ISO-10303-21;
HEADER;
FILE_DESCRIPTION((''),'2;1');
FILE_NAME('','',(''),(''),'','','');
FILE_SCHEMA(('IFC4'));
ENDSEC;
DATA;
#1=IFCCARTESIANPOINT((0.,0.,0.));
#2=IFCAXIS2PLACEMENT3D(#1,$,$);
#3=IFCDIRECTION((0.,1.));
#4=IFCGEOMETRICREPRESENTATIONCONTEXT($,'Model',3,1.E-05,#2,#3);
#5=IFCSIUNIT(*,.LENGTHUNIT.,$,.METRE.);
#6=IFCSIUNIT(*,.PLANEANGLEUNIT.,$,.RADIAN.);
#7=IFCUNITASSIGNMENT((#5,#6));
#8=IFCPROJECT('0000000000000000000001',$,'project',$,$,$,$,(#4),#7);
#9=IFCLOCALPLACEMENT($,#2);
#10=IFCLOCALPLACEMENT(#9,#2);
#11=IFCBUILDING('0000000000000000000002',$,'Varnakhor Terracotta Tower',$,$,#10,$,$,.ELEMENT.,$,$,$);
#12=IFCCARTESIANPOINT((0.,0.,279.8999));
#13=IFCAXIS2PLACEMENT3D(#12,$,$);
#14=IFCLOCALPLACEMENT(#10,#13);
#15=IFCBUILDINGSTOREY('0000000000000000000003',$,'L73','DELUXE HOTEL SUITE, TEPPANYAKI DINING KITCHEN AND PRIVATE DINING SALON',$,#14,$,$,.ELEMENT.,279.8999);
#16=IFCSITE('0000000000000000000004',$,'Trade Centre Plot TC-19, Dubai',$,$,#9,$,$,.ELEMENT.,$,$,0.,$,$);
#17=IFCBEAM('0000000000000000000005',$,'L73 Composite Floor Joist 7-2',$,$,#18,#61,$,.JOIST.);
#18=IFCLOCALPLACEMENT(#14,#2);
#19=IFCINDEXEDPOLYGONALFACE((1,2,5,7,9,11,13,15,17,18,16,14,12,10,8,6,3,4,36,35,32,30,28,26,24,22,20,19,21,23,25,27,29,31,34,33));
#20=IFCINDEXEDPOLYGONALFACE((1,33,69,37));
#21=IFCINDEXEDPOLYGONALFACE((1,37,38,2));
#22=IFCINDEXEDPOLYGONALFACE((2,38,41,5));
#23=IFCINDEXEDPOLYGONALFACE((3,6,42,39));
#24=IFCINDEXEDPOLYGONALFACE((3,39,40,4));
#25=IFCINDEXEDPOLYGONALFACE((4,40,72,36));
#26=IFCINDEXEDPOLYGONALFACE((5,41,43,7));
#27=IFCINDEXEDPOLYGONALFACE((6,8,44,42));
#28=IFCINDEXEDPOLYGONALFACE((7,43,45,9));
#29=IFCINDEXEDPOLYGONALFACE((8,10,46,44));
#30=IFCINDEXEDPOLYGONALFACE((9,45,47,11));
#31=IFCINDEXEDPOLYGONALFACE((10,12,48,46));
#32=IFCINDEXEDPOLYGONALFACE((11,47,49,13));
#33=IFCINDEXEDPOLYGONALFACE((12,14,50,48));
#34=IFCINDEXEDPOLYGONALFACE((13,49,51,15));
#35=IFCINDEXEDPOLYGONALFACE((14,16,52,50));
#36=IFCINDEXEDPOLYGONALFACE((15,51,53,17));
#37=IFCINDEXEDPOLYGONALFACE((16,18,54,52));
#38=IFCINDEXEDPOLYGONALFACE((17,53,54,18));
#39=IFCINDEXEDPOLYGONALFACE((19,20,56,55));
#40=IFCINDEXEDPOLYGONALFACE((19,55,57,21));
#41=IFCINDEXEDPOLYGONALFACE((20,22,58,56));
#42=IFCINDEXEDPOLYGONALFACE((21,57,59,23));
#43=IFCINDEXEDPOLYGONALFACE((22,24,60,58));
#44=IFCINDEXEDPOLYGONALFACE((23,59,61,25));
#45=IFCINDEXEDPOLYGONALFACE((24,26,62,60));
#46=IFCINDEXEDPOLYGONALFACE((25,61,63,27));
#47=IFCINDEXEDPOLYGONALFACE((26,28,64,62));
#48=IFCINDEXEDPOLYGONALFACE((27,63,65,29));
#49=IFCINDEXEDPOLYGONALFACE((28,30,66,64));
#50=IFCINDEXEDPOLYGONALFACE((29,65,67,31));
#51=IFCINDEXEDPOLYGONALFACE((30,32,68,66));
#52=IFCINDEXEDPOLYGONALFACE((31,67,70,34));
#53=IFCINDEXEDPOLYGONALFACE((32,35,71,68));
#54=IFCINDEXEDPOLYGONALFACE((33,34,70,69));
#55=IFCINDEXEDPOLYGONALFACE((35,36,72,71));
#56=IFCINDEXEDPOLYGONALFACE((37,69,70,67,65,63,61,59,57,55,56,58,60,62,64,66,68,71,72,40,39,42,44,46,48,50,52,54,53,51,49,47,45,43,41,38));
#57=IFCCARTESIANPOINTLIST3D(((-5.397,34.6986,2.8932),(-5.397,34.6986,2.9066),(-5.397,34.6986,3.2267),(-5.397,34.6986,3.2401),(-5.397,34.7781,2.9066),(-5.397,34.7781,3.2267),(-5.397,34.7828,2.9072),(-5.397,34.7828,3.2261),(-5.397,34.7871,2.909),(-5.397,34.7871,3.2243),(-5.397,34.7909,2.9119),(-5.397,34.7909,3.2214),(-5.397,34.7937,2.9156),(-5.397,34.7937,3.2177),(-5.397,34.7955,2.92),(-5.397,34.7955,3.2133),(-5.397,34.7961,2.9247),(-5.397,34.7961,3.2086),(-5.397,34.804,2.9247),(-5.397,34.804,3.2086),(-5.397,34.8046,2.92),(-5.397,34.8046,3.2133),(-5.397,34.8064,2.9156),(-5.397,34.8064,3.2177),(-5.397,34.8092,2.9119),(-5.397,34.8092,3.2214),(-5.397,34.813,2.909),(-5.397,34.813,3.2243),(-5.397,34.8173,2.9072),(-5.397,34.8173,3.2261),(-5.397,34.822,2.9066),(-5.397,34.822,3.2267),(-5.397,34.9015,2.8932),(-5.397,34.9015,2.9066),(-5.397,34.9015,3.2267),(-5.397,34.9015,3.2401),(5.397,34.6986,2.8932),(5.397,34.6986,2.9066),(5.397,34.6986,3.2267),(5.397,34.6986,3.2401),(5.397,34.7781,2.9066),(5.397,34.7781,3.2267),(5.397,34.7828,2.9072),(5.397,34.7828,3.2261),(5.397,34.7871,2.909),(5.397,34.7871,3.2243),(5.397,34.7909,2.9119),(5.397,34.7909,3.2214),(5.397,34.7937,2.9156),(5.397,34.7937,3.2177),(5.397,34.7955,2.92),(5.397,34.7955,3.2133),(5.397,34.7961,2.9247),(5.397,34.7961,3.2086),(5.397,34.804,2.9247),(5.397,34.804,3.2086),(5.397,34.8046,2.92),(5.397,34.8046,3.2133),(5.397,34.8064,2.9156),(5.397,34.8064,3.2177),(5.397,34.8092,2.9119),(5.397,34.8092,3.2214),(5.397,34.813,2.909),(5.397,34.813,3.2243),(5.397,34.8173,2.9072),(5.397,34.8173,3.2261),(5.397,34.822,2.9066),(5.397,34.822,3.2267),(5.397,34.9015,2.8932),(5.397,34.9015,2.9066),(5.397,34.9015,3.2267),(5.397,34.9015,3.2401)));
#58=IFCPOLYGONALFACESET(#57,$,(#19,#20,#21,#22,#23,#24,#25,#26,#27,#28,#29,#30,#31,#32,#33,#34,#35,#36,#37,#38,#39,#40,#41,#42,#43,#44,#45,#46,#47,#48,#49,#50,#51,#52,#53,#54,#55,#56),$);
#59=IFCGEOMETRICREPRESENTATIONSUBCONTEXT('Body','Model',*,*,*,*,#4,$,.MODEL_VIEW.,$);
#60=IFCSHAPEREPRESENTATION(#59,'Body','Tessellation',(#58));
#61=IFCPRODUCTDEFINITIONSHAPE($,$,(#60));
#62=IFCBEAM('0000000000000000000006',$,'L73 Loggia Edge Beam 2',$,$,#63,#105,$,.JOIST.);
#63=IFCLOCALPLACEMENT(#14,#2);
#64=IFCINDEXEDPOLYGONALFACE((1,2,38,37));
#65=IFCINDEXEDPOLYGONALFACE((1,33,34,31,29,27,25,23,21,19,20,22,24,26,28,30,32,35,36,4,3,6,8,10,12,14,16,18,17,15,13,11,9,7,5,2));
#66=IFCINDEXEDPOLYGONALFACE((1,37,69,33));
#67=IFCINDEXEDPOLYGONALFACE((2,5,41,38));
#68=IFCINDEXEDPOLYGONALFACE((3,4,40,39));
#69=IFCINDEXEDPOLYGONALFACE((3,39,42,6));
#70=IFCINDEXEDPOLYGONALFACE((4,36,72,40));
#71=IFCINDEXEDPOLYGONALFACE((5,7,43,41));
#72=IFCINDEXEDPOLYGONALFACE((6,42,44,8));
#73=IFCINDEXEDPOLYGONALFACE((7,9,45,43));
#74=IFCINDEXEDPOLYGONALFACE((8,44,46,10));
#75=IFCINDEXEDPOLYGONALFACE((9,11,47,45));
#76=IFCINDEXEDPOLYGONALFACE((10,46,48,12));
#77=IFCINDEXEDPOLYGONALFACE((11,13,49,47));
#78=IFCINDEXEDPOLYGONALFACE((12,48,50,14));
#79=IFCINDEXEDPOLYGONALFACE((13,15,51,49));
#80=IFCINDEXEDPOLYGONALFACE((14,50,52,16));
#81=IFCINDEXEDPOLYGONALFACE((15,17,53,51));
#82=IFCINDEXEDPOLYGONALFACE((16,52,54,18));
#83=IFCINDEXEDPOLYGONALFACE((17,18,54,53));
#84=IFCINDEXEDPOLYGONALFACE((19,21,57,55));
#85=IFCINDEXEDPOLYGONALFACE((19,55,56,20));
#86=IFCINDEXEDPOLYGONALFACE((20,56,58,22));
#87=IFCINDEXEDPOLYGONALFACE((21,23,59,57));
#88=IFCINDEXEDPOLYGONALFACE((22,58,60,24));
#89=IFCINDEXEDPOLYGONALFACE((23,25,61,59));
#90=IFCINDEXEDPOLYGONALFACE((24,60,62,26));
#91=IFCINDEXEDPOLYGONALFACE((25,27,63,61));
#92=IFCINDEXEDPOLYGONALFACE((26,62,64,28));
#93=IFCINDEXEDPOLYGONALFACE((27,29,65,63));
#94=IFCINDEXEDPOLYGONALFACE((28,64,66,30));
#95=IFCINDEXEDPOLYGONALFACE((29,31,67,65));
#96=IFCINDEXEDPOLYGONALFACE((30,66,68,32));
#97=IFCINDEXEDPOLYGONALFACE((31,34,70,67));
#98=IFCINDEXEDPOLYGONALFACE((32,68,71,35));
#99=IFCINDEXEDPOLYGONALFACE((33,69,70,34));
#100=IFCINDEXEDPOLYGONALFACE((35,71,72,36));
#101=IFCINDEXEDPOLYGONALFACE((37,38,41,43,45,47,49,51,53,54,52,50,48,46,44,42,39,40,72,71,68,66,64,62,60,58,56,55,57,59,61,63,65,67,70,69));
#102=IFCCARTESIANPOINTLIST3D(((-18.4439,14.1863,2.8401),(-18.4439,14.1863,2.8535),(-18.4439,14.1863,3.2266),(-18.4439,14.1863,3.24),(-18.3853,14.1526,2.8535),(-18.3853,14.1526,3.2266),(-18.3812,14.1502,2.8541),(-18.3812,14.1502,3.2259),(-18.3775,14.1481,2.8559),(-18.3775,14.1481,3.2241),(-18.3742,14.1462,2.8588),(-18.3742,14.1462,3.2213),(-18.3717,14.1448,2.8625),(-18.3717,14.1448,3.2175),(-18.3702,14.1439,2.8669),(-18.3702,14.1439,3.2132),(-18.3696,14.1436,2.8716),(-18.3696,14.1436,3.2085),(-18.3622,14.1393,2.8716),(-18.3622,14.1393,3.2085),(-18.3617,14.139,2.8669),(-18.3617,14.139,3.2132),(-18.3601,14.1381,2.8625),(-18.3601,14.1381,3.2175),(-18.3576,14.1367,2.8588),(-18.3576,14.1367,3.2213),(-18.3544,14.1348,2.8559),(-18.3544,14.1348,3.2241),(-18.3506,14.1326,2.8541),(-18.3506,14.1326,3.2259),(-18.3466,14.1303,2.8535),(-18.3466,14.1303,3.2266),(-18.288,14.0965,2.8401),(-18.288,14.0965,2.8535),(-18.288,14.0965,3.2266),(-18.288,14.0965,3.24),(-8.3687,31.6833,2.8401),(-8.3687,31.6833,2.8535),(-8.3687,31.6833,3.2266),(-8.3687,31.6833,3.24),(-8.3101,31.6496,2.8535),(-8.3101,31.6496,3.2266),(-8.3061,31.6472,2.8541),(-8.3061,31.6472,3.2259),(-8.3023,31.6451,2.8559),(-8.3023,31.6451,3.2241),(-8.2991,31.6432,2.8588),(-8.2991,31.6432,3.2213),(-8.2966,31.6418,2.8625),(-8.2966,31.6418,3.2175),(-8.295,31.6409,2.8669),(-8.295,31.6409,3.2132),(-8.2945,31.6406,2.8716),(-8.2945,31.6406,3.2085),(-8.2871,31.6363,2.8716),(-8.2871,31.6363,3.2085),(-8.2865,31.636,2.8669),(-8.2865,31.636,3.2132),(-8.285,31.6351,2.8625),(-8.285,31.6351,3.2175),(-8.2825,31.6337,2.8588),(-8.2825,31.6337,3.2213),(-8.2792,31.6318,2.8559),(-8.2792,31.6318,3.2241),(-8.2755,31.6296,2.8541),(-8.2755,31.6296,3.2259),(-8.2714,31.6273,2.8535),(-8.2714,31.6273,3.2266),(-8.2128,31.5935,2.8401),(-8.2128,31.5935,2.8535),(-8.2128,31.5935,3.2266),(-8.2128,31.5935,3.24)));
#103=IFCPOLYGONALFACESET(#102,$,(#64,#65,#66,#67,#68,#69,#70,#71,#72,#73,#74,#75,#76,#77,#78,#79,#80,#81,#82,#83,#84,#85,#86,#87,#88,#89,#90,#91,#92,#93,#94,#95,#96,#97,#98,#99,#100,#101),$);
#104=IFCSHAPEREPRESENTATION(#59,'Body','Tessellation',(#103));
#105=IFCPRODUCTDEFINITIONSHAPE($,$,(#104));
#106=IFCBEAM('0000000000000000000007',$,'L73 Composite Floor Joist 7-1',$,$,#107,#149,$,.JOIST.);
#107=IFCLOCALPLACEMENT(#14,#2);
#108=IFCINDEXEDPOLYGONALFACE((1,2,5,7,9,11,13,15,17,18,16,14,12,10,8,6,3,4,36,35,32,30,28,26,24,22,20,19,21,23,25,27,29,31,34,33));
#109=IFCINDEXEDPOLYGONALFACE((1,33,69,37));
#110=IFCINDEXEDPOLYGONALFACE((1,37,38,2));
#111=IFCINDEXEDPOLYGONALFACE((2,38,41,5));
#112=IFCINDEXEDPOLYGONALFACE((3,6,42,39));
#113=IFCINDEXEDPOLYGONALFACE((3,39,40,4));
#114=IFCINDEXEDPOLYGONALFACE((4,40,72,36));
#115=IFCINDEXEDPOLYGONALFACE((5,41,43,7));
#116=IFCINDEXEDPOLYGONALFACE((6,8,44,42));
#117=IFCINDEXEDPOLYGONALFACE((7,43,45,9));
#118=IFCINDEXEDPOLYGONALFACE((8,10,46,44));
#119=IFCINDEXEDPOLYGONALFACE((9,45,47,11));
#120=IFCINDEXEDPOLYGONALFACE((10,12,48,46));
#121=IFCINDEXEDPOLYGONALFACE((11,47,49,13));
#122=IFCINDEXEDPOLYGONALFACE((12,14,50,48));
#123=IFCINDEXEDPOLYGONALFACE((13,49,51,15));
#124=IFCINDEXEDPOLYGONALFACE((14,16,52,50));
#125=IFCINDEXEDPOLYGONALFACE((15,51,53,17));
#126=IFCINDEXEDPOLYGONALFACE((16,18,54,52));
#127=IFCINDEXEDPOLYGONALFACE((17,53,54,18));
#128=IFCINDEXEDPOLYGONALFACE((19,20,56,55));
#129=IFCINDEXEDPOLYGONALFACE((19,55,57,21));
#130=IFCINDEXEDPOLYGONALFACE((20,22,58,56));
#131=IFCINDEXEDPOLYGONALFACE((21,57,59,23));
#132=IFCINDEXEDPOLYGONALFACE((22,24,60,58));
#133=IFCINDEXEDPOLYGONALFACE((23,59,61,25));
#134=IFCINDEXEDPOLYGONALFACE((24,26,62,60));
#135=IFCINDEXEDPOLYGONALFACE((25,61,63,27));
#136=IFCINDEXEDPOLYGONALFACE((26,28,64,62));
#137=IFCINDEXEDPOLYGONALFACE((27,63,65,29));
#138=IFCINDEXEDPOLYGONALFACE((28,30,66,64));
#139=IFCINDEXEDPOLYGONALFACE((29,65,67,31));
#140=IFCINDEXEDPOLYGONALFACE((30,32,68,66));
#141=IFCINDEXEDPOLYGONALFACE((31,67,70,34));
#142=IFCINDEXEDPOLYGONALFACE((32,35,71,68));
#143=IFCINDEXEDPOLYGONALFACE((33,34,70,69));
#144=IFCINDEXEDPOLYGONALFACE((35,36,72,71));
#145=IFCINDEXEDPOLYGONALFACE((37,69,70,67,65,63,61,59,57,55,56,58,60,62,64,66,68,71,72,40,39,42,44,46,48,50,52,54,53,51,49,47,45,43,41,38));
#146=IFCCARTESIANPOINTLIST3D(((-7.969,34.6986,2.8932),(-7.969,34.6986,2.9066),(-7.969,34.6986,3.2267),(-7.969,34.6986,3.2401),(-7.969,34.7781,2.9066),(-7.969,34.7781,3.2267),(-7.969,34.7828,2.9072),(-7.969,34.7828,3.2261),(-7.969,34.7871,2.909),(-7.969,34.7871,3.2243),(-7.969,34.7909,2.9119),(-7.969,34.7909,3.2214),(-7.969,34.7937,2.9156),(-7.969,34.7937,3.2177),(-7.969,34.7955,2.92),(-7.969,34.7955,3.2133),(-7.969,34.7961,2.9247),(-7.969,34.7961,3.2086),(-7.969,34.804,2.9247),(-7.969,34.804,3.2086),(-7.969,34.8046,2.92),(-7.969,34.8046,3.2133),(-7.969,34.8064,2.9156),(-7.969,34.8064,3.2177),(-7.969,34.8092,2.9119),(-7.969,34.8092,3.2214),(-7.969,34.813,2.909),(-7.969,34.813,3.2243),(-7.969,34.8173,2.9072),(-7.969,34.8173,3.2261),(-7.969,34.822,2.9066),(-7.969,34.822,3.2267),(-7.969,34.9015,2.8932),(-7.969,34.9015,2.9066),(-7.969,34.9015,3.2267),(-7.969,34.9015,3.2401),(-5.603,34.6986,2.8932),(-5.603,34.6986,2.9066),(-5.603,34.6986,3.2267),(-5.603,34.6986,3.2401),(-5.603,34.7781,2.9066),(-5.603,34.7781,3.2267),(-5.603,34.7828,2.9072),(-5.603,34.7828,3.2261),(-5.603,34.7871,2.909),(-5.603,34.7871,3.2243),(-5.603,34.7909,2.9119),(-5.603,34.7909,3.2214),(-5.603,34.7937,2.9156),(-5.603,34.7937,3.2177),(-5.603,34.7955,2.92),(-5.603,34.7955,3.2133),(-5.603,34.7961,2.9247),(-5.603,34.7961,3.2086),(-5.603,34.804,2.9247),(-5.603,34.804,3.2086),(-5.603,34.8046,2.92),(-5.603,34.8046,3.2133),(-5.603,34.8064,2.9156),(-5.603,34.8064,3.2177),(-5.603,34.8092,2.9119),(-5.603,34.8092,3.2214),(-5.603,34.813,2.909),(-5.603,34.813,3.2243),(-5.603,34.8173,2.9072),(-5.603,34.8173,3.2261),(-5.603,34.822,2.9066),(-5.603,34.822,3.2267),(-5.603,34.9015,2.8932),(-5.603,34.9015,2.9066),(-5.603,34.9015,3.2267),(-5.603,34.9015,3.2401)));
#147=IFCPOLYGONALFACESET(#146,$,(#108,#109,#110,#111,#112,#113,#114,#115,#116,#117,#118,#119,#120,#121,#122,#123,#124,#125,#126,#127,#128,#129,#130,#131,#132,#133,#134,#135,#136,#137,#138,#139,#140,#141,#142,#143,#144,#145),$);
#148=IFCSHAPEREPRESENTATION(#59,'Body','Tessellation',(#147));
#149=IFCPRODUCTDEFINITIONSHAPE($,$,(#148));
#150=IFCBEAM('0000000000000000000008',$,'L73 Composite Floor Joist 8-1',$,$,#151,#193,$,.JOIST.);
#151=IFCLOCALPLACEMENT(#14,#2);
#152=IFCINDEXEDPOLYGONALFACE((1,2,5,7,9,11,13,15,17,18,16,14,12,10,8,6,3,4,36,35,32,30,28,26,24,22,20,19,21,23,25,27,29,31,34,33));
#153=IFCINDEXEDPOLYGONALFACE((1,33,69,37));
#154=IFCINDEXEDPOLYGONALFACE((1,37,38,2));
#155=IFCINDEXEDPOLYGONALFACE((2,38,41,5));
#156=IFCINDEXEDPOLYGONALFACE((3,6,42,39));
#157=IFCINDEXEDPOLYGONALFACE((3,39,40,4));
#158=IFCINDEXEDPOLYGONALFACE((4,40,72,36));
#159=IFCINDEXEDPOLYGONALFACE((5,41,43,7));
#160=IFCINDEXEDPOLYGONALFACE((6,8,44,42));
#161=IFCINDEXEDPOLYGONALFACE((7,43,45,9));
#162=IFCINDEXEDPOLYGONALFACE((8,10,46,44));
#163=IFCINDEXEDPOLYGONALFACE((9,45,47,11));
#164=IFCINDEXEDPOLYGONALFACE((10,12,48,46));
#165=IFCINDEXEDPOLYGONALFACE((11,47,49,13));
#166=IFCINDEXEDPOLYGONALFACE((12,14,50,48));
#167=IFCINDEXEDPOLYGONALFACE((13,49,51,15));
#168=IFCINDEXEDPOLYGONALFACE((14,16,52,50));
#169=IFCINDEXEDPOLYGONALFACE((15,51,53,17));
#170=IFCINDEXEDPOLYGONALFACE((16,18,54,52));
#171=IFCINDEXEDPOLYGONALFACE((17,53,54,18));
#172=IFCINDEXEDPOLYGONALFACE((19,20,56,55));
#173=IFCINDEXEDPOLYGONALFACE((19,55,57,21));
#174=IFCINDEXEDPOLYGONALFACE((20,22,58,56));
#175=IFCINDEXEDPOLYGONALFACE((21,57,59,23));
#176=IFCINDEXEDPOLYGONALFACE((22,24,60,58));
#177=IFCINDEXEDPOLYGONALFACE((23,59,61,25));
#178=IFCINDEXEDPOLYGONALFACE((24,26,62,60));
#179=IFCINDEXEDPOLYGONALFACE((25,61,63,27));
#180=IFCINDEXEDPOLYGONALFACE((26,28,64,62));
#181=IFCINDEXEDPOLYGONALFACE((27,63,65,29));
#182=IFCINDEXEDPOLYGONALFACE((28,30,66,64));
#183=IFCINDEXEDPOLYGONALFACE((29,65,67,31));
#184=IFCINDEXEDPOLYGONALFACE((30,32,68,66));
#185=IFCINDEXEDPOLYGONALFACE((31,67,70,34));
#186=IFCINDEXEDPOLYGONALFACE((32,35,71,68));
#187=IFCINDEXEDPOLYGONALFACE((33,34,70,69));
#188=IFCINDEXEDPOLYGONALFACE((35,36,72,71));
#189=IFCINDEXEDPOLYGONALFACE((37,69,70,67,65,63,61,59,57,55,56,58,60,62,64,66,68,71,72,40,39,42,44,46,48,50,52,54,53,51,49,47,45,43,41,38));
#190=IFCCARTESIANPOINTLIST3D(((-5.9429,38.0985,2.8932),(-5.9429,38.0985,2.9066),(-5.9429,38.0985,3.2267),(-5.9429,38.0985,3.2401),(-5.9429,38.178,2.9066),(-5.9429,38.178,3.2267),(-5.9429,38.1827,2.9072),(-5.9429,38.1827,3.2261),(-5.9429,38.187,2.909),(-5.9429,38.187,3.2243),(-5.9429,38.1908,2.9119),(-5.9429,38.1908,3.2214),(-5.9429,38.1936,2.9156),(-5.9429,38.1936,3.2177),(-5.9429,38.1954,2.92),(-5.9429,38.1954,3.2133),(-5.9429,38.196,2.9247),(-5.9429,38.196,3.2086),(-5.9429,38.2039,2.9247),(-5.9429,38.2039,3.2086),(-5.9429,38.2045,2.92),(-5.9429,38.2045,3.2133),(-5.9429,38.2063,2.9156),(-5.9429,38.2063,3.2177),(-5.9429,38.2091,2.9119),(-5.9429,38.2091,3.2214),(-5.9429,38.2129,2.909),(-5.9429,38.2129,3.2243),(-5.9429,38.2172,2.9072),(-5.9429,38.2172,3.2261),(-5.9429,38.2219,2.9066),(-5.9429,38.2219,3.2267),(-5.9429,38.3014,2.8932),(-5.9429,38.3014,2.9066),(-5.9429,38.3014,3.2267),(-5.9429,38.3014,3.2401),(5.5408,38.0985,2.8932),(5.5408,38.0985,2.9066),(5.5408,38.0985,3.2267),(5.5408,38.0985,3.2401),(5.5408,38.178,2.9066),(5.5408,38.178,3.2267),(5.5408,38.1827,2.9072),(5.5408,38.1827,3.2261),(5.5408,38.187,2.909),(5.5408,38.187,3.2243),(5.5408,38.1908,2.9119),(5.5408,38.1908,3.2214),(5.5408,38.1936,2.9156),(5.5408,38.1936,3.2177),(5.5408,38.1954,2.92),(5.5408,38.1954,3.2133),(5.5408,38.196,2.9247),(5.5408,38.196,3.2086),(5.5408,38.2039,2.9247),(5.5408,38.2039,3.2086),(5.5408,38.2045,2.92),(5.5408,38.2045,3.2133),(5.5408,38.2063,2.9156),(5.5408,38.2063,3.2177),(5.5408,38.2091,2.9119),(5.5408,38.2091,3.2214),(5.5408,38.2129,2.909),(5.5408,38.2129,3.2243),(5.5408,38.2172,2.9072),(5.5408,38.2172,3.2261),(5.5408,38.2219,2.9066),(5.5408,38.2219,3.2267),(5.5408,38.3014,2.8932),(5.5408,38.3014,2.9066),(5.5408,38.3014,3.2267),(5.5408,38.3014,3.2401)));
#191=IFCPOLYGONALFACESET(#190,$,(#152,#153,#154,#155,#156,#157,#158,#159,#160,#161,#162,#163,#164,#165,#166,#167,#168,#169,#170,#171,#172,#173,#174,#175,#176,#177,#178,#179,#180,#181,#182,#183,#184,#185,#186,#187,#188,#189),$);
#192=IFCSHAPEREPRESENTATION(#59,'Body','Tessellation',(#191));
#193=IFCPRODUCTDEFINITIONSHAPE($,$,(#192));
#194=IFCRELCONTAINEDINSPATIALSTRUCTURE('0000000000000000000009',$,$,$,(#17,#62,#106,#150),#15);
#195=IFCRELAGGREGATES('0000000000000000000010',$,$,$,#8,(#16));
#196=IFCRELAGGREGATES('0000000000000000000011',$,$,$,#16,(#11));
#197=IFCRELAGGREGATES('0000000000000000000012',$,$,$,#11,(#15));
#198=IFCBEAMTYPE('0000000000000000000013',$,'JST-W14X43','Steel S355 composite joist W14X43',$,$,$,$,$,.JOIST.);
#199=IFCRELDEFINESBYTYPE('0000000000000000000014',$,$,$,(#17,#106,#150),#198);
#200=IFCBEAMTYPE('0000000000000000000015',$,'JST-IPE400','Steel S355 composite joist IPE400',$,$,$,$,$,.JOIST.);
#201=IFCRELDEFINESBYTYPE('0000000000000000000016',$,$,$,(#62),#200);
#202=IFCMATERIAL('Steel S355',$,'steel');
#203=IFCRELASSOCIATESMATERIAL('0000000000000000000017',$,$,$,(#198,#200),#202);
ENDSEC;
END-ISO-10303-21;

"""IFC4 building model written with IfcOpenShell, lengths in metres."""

from ifc_helpers import new_model, si_unit, direction, frame, origin, origin_2d, place, context, subcontext, project, spatial, i_section, extrude, source, transform, mapped, material, material_profile, profile_set, type_object, element, save


model = new_model("IFC4")

# Units and contexts
model_context = context("Model", 3, precision=1e-05, world=origin(), true_north=direction((0.0, 1.0)))
body_context = subcontext(model_context, "Body", "Model", "MODEL_VIEW")
ifc_project = project(units=[si_unit("LENGTHUNIT", "METRE"), si_unit("PLANEANGLEUNIT", "RADIAN")], contexts=[model_context])

# Site, building, storey
site_placement = place(None, origin())
site = spatial("IfcSite", under=ifc_project, at=site_placement, Name="Trade Centre Plot TC-19, Dubai", CompositionType="ELEMENT", RefElevation=0.0)
building_placement = place(site_placement, origin())
building = spatial("IfcBuilding", under=site, at=building_placement, Name="Varnakhor Terracotta Tower", CompositionType="ELEMENT")
storey_placement = place(building_placement, frame((0.0, 0.0, 279.8999)))
storey = spatial("IfcBuildingStorey", under=building, at=storey_placement, Name="L73", Description="DELUXE HOTEL SUITE, TEPPANYAKI DINING KITCHEN AND PRIVATE DINING SALON", CompositionType="ELEMENT", Elevation=279.8999)

# Beams
ifc_material_1 = material(Name="Steel S355", Category="steel")
ifc_material_profile_1 = material_profile(ifc_material_1, i_section(OverallWidth=0.2029, OverallDepth=0.3469, WebThickness=0.0078, FlangeThickness=0.0134, FilletRadius=0.0181, at=origin_2d()), Name="W14X43")
ifc_profile_set_1 = profile_set([ifc_material_profile_1], Name="Steel S355")
beam_type_1 = type_object("IfcBeamType", Name="JST-W14X43", Description="Steel S355 composite joist W14X43", PredefinedType="JOIST", material=ifc_profile_set_1)
shared_shape_1 = source(origin(), body_context, "Body", "SweptSolid", [
    extrude(i_section(OverallWidth=0.2029, OverallDepth=0.3469, WebThickness=0.0078, FlangeThickness=0.0134, FilletRadius=0.0181, at=origin_2d()), origin(), (0.0, 0.0, 1.0), 10.7939),
])
beam_1_placement = place(storey_placement, frame((-5.397, 34.8, 3.0667), z_axis=(1.0, 0.0, 0.0), x_axis=(0.0, 1.0, 0.0)))
element("IfcBeam", 1, at=beam_1_placement, inside=storey, type_object=beam_type_1, Name="L73 Composite Floor Joist 7-2", PredefinedType="JOIST", context=body_context, shape_type="MappedRepresentation", body=[
    mapped(shared_shape_1, transform((0.0, 0.0, 0.0), scale=1.0)),
])
ifc_material_profile_2 = material_profile(ifc_material_1, i_section(OverallWidth=0.1799, OverallDepth=0.3999, WebThickness=0.0085, FlangeThickness=0.0134, FilletRadius=0.0181, at=origin_2d()), Name="IPE400")
ifc_profile_set_2 = profile_set([ifc_material_profile_2], Name="Steel S355")
beam_type_2 = type_object("IfcBeamType", Name="JST-IPE400", Description="Steel S355 composite joist IPE400", PredefinedType="JOIST", material=ifc_profile_set_2)
shared_shape_2 = source(origin(), body_context, "Body", "SweptSolid", [
    extrude(i_section(OverallWidth=0.1799, OverallDepth=0.3999, WebThickness=0.0085, FlangeThickness=0.0134, FilletRadius=0.0181, at=origin_2d()), origin(), (0.0, 0.0, 1.0), 20.1904),
])
beam_2_placement = place(storey_placement, frame((-8.2908, 31.6384, 3.04), z_axis=(-0.499006, -0.866598, 0.0), x_axis=(0.866598, -0.499006, 0.0)))
element("IfcBeam", 2, at=beam_2_placement, inside=storey, type_object=beam_type_2, Name="L73 Loggia Edge Beam 2", PredefinedType="JOIST", context=body_context, shape_type="MappedRepresentation", body=[
    mapped(shared_shape_2, transform((0.0, 0.0, 0.0), scale=1.0)),
])
shared_shape_3 = source(origin(), body_context, "Body", "SweptSolid", [
    extrude(i_section(OverallWidth=0.2029, OverallDepth=0.3469, WebThickness=0.0078, FlangeThickness=0.0134, FilletRadius=0.0181, at=origin_2d()), origin(), (0.0, 0.0, 1.0), 2.366),
])
beam_3_placement = place(storey_placement, frame((-7.969, 34.8, 3.0667), z_axis=(1.0, 0.0, 0.0), x_axis=(0.0, 1.0, 0.0)))
element("IfcBeam", 3, at=beam_3_placement, inside=storey, type_object=beam_type_1, Name="L73 Composite Floor Joist 7-1", PredefinedType="JOIST", context=body_context, shape_type="MappedRepresentation", body=[
    mapped(shared_shape_3, transform((0.0, 0.0, 0.0), scale=1.0)),
])
shared_shape_4 = source(origin(), body_context, "Body", "SweptSolid", [
    extrude(i_section(OverallWidth=0.2029, OverallDepth=0.3469, WebThickness=0.0078, FlangeThickness=0.0134, FilletRadius=0.0181, at=origin_2d()), origin(), (0.0, 0.0, 1.0), 11.4836),
])
beam_4_placement = place(storey_placement, frame((-5.9429, 38.2, 3.0667), z_axis=(1.0, 0.0, 0.0), x_axis=(0.0, 1.0, 0.0)))
element("IfcBeam", 4, at=beam_4_placement, inside=storey, type_object=beam_type_1, Name="L73 Composite Floor Joist 8-1", PredefinedType="JOIST", context=body_context, shape_type="MappedRepresentation", body=[
    mapped(shared_shape_4, transform((0.0, 0.0, 0.0), scale=1.0)),
])

save(model, "model.ifc")
